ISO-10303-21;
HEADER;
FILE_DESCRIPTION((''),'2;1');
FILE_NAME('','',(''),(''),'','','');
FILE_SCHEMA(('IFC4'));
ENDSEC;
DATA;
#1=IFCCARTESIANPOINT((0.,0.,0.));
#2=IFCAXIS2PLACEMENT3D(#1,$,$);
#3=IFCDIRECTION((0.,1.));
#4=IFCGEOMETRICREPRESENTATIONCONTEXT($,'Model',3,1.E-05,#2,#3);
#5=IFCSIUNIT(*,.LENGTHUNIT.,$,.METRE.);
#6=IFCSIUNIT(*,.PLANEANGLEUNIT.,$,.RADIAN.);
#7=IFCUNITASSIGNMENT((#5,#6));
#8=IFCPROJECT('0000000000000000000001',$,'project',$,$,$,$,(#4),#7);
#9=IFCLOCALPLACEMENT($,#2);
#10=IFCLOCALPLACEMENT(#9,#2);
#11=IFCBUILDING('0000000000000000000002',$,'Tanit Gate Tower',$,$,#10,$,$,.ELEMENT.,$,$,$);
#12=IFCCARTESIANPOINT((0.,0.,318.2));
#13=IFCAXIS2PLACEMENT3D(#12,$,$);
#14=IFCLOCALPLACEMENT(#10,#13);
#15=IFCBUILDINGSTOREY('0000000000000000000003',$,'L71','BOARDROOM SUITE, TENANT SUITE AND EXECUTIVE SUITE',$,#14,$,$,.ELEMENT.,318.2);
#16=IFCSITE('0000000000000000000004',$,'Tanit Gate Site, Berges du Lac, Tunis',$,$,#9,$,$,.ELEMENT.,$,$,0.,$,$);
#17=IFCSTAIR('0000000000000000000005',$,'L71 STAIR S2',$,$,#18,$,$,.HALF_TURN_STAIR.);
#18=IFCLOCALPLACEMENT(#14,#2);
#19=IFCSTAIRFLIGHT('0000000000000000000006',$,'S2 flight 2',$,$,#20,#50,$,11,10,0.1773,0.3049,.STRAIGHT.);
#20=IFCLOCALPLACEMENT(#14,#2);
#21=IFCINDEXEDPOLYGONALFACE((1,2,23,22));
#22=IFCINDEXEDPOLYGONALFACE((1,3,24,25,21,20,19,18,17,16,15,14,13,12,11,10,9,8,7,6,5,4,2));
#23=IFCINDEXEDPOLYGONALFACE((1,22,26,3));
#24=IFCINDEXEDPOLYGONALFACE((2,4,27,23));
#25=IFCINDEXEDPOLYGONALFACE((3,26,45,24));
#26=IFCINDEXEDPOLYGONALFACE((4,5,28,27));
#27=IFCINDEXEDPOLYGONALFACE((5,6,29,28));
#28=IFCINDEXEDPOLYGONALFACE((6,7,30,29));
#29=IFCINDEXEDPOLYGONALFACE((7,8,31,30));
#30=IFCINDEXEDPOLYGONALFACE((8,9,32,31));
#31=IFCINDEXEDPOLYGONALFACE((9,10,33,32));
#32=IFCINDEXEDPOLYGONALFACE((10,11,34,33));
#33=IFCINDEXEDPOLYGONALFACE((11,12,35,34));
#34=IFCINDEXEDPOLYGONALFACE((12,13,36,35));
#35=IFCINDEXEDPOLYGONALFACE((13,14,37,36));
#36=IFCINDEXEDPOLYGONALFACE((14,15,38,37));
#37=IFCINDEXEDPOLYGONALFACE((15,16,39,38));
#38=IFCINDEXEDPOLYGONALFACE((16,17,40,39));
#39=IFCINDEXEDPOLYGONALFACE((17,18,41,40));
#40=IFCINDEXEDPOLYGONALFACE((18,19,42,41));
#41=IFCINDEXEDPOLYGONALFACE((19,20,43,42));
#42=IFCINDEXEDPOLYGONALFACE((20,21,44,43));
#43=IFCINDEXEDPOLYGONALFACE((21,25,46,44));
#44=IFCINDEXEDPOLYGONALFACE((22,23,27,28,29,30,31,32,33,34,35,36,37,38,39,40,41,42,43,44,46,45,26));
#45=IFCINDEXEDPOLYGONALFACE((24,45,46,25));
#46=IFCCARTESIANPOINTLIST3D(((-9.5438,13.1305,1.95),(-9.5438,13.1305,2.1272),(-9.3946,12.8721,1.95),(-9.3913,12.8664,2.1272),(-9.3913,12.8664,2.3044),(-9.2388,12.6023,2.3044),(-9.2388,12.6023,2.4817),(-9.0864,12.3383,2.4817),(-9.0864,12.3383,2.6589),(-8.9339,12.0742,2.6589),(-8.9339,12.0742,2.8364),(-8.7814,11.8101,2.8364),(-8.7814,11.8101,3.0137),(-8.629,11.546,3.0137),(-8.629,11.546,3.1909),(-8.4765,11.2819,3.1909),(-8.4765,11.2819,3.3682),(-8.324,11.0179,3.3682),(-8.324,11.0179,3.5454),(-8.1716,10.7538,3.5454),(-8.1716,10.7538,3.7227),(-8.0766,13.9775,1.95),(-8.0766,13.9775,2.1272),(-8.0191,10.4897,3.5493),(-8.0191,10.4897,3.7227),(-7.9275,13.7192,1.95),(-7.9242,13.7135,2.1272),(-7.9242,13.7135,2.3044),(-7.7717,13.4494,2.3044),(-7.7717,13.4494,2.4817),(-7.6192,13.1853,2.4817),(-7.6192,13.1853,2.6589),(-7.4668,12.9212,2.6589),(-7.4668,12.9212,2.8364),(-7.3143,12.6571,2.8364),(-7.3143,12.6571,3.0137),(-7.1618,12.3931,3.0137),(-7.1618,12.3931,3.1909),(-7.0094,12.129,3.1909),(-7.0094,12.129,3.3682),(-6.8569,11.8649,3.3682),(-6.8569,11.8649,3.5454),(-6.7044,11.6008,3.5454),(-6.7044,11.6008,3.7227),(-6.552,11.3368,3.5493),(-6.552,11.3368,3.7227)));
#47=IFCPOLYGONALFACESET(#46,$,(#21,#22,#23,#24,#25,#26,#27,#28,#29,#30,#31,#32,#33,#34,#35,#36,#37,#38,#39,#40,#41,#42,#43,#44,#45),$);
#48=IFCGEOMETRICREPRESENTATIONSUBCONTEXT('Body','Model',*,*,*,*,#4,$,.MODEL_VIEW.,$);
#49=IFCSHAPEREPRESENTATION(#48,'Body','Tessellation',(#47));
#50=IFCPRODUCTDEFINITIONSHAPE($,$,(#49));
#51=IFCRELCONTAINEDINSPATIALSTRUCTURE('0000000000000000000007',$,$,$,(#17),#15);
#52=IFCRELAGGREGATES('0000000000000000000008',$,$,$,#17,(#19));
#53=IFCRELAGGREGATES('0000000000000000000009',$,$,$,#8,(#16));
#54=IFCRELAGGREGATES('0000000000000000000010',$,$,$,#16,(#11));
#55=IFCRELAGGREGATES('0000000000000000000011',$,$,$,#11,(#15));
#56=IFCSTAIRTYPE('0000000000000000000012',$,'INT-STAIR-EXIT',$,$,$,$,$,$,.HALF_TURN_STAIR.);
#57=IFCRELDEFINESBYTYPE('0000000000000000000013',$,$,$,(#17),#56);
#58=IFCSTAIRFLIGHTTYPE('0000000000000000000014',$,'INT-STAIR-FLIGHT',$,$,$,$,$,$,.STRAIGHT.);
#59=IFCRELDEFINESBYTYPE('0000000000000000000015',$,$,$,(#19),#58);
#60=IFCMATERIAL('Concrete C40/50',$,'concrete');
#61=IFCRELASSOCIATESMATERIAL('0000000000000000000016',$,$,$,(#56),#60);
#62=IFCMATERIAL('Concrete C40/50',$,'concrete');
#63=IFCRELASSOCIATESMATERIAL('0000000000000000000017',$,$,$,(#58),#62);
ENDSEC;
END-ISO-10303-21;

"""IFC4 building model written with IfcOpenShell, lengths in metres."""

from ifc_helpers import new_model, si_unit, direction, frame, origin, place, context, subcontext, project, spatial, polyline, outline, extrude, material, type_object, element, aggregate, save


model = new_model("IFC4")

# Units and contexts
model_context = context("Model", 3, precision=1e-05, world=origin(), true_north=direction((0.0, 1.0)))
body_context = subcontext(model_context, "Body", "Model", "MODEL_VIEW")
ifc_project = project(units=[si_unit("LENGTHUNIT", "METRE"), si_unit("PLANEANGLEUNIT", "RADIAN")], contexts=[model_context])

# Site, building, storey
site_placement = place(None, origin())
site = spatial("IfcSite", under=ifc_project, at=site_placement, Name="Tanit Gate Site, Berges du Lac, Tunis", CompositionType="ELEMENT", RefElevation=0.0)
building_placement = place(site_placement, origin())
building = spatial("IfcBuilding", under=site, at=building_placement, Name="Tanit Gate Tower", CompositionType="ELEMENT")
storey_placement = place(building_placement, frame((0.0, 0.0, 318.2)))
storey = spatial("IfcBuildingStorey", under=building, at=storey_placement, Name="L71", Description="BOARDROOM SUITE, TENANT SUITE AND EXECUTIVE SUITE", CompositionType="ELEMENT", Elevation=318.2)

# Stair, stair flight
ifc_material_1 = material(Name="Concrete C40/50", Category="concrete")
stair_type = type_object("IfcStairType", Name="INT-STAIR-EXIT", PredefinedType="HALF_TURN_STAIR", material=ifc_material_1)
stair_placement = place(storey_placement, origin())
stair = element("IfcStair", 1, at=stair_placement, inside=storey, type_object=stair_type, Name="L71 STAIR S2", PredefinedType="HALF_TURN_STAIR")
ifc_material_2 = material(Name="Concrete C40/50", Category="concrete")
stair_flight_type = type_object("IfcStairFlightType", Name="INT-STAIR-FLIGHT", PredefinedType="STRAIGHT", material=ifc_material_2)
stair_flight_placement = place(storey_placement, frame((-8.8103, 13.554, 1.95), z_axis=(0.0, 0.0, 1.0), x_axis=(0.5, -0.866025, 0.0)))
stair_flight = element("IfcStairFlight", 2, at=stair_flight_placement, type_object=stair_flight_type, Name="S2 flight 2", NumberOfRisers=11, NumberOfTreads=10, PredefinedType="STRAIGHT", RiserHeight=0.1773, TreadLength=0.3049, context=body_context, shape_type="SweptSolid", body=[
    extrude(outline(polyline([(0.0, 0.0), (0.0, 0.1772), (0.3049, 0.1772), (0.3049, 0.3545), (0.6099, 0.3545), (0.6099, 0.5317), (0.9148, 0.5317), (0.9148, 0.709), (1.2197, 0.709), (1.2197, 0.8865), (1.5247, 0.8865), (1.5247, 1.0637), (1.8296, 1.0637), (1.8296, 1.241), (2.1345, 1.241), (2.1345, 1.4182), (2.4395, 1.4182), (2.4395, 1.5955), (2.7444, 1.5955), (2.7444, 1.7727), (3.0493, 1.7727), (3.0493, 1.95), (3.0493, 1.5994), (0.2983, 0.0), (0.0, 0.0)])), frame((0.0, 0.8472, 0.0), z_axis=(0.0, -1.0, 0.0), x_axis=(1.0, 0.0, 0.0)), (0.0, 0.0, 1.0), 1.6941),
])
aggregate(stair, [stair_flight])

save(model, "model.ifc")
